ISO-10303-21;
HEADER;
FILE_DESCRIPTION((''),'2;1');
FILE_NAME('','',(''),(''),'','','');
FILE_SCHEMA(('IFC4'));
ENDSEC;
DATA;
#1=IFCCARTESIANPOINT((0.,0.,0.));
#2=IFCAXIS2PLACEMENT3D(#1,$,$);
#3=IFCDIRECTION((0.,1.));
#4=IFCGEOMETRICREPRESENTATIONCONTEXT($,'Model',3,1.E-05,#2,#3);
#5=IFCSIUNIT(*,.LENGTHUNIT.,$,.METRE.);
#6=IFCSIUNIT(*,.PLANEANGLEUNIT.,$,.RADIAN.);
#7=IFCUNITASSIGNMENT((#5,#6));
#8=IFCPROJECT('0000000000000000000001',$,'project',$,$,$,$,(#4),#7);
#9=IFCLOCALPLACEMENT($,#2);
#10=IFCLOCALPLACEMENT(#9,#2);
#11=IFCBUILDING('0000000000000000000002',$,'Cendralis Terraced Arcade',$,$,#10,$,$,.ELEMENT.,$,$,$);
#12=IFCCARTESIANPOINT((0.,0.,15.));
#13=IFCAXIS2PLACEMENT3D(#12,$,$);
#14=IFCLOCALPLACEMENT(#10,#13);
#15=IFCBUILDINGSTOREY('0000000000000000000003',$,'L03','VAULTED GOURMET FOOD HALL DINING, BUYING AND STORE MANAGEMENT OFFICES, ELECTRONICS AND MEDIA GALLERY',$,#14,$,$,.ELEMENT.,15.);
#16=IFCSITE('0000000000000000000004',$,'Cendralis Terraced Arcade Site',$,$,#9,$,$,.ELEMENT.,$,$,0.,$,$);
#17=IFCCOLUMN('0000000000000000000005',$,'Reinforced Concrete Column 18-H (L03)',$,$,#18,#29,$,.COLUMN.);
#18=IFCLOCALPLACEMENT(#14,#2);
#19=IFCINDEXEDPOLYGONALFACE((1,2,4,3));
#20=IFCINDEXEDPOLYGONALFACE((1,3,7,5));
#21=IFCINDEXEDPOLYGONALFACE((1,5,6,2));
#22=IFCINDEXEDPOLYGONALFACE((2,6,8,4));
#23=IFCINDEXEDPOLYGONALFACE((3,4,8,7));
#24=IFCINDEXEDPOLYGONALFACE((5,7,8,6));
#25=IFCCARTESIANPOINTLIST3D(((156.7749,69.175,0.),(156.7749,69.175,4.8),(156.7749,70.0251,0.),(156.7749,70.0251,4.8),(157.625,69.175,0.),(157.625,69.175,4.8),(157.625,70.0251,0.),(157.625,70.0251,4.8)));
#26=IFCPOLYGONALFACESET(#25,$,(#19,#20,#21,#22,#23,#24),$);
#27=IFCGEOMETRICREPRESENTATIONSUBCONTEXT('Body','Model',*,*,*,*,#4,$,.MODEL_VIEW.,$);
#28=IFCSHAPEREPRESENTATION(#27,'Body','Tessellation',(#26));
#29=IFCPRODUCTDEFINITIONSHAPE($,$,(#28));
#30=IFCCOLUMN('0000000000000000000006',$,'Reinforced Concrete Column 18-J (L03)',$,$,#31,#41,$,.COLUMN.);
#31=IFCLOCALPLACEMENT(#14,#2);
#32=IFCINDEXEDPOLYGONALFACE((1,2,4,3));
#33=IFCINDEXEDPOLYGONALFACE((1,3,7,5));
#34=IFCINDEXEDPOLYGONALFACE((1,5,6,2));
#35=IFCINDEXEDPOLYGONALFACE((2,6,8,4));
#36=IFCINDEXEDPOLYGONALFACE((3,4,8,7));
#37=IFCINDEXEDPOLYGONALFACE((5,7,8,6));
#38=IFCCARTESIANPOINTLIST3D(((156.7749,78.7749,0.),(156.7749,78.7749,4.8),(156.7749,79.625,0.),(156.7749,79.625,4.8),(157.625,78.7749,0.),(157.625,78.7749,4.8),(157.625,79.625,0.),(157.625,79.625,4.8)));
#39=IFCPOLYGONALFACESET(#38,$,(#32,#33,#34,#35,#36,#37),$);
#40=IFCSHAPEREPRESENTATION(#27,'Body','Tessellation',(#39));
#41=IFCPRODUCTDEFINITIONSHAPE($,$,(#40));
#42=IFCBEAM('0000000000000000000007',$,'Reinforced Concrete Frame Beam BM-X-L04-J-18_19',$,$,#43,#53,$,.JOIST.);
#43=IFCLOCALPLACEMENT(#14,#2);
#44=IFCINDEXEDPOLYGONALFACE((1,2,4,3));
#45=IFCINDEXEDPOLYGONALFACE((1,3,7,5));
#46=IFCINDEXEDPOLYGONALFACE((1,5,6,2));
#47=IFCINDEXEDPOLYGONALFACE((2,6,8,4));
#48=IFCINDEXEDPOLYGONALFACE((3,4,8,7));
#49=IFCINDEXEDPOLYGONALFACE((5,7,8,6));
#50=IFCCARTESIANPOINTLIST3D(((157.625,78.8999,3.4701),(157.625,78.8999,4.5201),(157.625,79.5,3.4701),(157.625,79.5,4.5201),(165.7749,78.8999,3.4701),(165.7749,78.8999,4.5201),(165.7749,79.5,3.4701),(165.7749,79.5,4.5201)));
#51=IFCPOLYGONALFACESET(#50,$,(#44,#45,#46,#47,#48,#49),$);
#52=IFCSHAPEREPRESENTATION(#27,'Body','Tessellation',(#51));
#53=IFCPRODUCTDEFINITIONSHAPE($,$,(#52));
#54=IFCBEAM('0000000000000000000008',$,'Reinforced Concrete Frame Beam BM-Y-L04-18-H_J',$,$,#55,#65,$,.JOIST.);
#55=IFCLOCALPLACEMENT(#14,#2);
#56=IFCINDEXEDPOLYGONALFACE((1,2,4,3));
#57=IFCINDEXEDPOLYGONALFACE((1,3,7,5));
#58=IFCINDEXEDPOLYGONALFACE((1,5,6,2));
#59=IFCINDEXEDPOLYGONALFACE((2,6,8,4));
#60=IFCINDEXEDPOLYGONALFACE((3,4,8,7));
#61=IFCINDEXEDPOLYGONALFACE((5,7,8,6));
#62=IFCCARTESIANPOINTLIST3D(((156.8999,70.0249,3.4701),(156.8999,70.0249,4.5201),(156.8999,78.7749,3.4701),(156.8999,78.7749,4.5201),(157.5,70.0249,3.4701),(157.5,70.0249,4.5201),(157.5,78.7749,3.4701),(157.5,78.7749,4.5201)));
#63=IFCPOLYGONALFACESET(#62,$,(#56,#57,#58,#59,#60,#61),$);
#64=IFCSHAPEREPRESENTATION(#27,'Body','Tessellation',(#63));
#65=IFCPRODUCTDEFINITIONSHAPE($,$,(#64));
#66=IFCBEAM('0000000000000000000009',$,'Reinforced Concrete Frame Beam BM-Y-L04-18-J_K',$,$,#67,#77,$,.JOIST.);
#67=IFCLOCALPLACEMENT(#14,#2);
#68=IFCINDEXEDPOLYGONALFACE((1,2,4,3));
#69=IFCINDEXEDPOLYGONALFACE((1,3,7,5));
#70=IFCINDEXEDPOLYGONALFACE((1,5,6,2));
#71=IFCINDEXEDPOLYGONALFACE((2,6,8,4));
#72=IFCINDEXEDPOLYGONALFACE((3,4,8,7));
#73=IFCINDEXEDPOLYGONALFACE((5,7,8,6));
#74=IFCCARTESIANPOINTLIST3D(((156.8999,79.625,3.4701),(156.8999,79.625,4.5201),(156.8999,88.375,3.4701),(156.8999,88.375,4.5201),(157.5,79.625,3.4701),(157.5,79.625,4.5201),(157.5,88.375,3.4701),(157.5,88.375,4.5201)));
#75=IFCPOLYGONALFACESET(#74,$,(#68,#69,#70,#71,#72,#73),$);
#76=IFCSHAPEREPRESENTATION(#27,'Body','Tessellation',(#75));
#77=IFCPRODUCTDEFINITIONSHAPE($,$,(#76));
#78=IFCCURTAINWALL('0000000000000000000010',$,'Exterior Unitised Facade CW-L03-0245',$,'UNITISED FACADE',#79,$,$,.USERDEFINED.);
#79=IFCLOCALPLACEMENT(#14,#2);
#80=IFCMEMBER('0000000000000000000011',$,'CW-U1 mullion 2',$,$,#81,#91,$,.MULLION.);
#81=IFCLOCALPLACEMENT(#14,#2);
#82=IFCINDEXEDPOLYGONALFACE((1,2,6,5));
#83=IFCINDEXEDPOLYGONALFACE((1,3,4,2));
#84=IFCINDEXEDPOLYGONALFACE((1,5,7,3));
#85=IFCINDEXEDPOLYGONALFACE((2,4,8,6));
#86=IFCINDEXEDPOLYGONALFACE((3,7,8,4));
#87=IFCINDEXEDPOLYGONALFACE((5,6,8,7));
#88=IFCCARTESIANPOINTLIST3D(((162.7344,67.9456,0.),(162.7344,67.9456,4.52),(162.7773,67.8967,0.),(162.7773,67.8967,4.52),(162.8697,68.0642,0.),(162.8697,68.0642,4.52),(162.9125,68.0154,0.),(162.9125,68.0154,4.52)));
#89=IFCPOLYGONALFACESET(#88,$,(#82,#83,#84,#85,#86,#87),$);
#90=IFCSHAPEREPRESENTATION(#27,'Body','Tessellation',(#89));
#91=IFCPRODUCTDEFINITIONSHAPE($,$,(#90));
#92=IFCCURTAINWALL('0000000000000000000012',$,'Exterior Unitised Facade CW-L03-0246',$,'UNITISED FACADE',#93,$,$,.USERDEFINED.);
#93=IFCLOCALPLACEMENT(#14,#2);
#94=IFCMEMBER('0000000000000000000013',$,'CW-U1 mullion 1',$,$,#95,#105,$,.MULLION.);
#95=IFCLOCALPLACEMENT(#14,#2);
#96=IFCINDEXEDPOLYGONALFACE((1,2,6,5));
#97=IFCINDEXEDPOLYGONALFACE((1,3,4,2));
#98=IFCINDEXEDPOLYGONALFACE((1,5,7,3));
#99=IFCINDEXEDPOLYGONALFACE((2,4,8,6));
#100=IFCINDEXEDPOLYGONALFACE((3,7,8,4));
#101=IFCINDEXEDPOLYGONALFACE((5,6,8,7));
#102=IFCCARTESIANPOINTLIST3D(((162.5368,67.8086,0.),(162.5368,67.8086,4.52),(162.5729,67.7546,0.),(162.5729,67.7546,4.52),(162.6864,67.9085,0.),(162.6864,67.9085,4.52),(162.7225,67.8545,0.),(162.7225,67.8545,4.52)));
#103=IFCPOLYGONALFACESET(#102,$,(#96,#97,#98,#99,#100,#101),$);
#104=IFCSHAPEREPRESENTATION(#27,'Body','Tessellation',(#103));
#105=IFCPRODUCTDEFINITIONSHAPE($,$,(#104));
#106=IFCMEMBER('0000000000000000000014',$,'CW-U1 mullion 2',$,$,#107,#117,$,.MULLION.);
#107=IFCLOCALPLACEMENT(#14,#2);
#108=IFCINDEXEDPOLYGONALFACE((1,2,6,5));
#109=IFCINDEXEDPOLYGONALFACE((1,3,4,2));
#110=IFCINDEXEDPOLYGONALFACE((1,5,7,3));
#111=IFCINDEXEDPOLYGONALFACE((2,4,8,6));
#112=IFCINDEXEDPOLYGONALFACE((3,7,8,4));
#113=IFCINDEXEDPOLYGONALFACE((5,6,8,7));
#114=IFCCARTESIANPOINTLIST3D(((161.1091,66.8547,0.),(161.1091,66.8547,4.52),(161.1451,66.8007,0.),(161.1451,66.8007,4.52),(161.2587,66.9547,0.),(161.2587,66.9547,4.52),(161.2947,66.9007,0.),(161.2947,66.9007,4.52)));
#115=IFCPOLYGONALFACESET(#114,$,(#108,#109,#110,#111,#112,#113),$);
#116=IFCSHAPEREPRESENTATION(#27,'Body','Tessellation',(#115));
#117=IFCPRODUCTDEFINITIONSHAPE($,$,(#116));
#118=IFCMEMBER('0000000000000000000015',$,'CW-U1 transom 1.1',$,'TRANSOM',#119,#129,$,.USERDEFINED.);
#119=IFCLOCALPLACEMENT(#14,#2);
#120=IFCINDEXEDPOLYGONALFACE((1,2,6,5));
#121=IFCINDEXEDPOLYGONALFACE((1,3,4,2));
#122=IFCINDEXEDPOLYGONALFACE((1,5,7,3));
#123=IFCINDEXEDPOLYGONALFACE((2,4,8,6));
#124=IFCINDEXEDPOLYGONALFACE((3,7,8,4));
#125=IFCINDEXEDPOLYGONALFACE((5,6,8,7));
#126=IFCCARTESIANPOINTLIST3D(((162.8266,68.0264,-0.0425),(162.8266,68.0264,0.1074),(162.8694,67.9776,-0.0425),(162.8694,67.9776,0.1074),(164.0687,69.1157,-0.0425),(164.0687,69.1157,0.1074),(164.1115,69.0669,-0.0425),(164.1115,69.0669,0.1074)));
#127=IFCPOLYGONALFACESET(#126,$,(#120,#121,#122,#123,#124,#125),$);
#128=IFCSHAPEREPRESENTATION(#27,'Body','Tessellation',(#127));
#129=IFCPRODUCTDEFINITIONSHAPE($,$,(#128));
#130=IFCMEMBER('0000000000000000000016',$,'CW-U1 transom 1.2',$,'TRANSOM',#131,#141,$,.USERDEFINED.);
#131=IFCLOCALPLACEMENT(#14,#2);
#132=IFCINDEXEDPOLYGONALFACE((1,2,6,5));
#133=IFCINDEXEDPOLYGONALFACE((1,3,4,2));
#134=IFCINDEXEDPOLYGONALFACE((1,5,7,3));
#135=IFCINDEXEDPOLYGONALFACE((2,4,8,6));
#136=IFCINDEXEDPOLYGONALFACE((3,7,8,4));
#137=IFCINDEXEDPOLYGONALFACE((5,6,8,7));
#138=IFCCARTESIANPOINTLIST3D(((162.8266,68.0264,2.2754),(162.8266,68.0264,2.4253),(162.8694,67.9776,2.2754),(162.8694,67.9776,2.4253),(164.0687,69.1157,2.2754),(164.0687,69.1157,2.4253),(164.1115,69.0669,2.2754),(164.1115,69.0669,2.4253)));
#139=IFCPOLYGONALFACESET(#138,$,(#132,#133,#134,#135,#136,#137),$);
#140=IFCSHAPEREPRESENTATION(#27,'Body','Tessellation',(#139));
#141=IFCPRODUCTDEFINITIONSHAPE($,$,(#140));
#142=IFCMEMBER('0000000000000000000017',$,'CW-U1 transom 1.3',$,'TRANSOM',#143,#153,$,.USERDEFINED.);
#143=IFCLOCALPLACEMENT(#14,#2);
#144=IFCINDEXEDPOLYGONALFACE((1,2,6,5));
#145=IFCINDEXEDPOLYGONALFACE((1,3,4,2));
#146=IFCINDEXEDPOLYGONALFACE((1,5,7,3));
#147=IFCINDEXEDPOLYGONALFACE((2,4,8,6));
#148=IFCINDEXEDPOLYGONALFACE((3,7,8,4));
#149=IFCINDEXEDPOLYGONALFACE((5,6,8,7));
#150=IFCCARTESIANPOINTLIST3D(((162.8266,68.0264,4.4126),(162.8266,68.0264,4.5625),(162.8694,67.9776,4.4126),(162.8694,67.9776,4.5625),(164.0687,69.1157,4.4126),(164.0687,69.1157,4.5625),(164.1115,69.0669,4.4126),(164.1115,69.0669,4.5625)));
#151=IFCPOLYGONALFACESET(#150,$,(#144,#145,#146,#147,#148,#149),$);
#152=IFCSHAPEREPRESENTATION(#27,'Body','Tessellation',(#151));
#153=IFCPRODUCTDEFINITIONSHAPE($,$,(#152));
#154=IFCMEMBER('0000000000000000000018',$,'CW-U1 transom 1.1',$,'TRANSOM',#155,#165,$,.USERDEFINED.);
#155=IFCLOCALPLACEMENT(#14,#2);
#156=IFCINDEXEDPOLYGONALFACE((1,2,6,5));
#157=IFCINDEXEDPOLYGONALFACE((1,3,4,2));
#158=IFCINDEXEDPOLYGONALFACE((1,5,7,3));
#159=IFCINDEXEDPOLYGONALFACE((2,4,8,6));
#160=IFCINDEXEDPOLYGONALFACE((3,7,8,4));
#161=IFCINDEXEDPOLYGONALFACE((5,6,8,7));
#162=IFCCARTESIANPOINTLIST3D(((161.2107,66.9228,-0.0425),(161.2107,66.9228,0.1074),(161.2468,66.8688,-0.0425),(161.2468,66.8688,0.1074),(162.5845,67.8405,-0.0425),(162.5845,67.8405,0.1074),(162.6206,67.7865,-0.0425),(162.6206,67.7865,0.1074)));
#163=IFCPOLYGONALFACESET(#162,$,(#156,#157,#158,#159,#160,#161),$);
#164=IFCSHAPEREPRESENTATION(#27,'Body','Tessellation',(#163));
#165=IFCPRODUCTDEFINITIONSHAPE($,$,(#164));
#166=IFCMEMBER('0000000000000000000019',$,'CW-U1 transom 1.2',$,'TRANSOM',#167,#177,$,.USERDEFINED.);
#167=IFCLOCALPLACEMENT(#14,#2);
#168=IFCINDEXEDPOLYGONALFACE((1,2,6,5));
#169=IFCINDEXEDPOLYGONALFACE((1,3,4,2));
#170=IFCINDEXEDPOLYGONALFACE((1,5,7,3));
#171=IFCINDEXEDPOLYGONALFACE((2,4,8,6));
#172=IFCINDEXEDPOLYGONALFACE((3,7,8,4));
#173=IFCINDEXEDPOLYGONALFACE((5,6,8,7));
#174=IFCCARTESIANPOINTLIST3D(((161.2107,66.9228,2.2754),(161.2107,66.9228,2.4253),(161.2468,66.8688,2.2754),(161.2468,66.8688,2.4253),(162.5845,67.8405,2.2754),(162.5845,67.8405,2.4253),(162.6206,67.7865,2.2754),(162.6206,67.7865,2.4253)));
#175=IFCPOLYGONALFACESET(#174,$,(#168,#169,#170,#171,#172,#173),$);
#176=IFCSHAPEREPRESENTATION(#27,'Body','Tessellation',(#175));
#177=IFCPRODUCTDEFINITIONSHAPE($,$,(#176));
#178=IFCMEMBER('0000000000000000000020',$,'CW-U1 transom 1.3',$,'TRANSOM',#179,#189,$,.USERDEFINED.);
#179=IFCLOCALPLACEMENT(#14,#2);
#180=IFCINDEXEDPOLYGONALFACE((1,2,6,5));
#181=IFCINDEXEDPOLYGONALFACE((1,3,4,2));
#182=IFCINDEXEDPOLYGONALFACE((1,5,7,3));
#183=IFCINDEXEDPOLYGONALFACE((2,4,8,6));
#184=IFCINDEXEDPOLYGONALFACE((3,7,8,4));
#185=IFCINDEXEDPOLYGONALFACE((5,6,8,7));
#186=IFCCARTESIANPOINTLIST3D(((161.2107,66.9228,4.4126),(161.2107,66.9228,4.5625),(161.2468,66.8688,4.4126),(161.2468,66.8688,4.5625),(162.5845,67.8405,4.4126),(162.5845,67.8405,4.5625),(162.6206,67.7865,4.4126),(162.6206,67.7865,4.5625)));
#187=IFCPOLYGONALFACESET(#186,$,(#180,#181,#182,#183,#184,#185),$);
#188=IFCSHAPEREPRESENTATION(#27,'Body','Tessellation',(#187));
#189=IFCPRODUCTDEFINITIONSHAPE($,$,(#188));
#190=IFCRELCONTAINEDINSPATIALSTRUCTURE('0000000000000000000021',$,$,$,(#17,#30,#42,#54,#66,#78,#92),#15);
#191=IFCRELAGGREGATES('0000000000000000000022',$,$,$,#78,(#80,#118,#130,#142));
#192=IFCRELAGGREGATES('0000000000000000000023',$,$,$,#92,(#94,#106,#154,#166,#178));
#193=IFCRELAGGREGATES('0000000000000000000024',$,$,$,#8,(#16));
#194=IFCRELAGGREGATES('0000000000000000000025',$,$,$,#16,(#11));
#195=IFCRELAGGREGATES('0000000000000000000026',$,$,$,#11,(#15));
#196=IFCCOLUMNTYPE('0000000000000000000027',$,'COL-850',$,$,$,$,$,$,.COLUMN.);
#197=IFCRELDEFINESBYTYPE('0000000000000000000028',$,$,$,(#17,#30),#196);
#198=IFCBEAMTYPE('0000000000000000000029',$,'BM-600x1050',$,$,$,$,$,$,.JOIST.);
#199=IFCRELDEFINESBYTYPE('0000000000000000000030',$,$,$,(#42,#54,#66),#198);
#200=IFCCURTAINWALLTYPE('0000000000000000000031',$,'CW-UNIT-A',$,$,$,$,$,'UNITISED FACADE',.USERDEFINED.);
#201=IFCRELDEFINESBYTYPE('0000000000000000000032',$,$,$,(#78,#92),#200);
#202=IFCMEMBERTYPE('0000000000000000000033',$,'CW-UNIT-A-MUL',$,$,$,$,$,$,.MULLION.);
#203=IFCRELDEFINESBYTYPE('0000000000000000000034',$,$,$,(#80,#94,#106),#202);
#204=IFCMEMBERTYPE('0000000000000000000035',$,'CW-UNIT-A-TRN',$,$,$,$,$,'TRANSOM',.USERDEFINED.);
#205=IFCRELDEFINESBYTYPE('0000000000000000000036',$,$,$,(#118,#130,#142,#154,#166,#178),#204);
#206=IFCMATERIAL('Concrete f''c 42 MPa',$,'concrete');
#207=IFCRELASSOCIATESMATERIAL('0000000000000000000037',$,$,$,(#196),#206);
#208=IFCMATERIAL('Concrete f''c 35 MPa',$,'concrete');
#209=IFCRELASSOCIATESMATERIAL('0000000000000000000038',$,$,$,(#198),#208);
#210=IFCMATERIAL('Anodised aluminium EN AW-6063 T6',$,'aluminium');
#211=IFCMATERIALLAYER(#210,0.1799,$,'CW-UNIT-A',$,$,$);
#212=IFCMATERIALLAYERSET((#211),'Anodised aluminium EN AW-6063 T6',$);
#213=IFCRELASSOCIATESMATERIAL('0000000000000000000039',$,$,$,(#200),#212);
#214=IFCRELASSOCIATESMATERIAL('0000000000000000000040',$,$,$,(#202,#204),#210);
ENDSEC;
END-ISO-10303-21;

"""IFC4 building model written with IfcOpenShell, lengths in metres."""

from ifc_helpers import new_model, si_unit, direction, frame, origin, origin_2d, place, context, subcontext, project, spatial, rectangle, extrude, material, layer, layer_set, material_profile, profile_set, type_object, element, aggregate, save


model = new_model("IFC4")

# Units and contexts
model_context = context("Model", 3, precision=1e-05, world=origin(), true_north=direction((0.0, 1.0)))
body_context = subcontext(model_context, "Body", "Model", "MODEL_VIEW")
ifc_project = project(units=[si_unit("LENGTHUNIT", "METRE"), si_unit("PLANEANGLEUNIT", "RADIAN")], contexts=[model_context])

# Site, building, storey
site_placement = place(None, origin())
site = spatial("IfcSite", under=ifc_project, at=site_placement, Name="Cendralis Terraced Arcade Site", CompositionType="ELEMENT", RefElevation=0.0)
building_placement = place(site_placement, origin())
building = spatial("IfcBuilding", under=site, at=building_placement, Name="Cendralis Terraced Arcade", CompositionType="ELEMENT")
storey_placement = place(building_placement, frame((0.0, 0.0, 15.0)))
storey = spatial("IfcBuildingStorey", under=building, at=storey_placement, Name="L03", Description="VAULTED GOURMET FOOD HALL DINING, BUYING AND STORE MANAGEMENT OFFICES, ELECTRONICS AND MEDIA GALLERY", CompositionType="ELEMENT", Elevation=15.0)

# Columns
ifc_material_1 = material(Name="Concrete f'c 42 MPa", Category="concrete")
ifc_material_profile_1 = material_profile(ifc_material_1, rectangle(XDim=0.8501, YDim=0.8501, at=origin_2d()), Name="RC-COL-850x850", Category="LoadBearing")
ifc_profile_set_1 = profile_set([ifc_material_profile_1], Name="Concrete f'c 42 MPa")
column_type = type_object("IfcColumnType", Name="COL-850", PredefinedType="COLUMN", material=ifc_profile_set_1)
for number, where, z_axis, x_axis, name in (
    (1, (157.2, 69.6001, 0.0), (0.0, 0.0, 1.0), (1.0, 0.0, 0.0), "Reinforced Concrete Column 18-H (L03)"),
    (2, (157.2, 79.2, 0.0), (0.0, 0.0, 1.0), (1.0, 0.0, 0.0), "Reinforced Concrete Column 18-J (L03)"),
):
    element("IfcColumn", number, at=place(storey_placement, frame(where, z_axis=z_axis, x_axis=x_axis)), inside=storey, type_object=column_type, Name=name, PredefinedType="COLUMN", context=body_context, shape_type="SweptSolid", body=[
        extrude(rectangle(XDim=0.8501, YDim=0.8501, at=origin_2d()), origin(), (0.0, 0.0, 1.0), 4.8),
    ])

# Beams
ifc_material_2 = material(Name="Concrete f'c 35 MPa", Category="concrete")
ifc_material_profile_2 = material_profile(ifc_material_2, rectangle(XDim=0.6001, YDim=1.05, at=origin_2d()), Name="RC-BM-600x1050", Category="LoadBearing")
ifc_profile_set_2 = profile_set([ifc_material_profile_2], Name="Concrete f'c 35 MPa")
beam_type = type_object("IfcBeamType", Name="BM-600x1050", PredefinedType="JOIST", material=ifc_profile_set_2)
beam_placement = place(storey_placement, frame((157.625, 79.2, 3.9951), z_axis=(1.0, 0.0, 0.0), x_axis=(0.0, 1.0, 0.0)))
element("IfcBeam", 3, at=beam_placement, inside=storey, type_object=beam_type, Name="Reinforced Concrete Frame Beam BM-X-L04-J-18_19", PredefinedType="JOIST", context=body_context, shape_type="SweptSolid", body=[
    extrude(rectangle(XDim=0.6001, YDim=1.05, at=origin_2d()), origin(), (0.0, 0.0, 1.0), 8.1499),
])
for number, where, z_axis, x_axis, name in (
    (4, (157.2, 70.0249, 3.9951), (0.0, 1.0, 0.0), (-1.0, 0.0, 0.0), "Reinforced Concrete Frame Beam BM-Y-L04-18-H_J"),
    (5, (157.2, 79.625, 3.9951), (0.0, 1.0, 0.0), (-1.0, 0.0, 0.0), "Reinforced Concrete Frame Beam BM-Y-L04-18-J_K"),
):
    element("IfcBeam", number, at=place(storey_placement, frame(where, z_axis=z_axis, x_axis=x_axis)), inside=storey, type_object=beam_type, Name=name, PredefinedType="JOIST", context=body_context, shape_type="SweptSolid", body=[
        extrude(rectangle(XDim=0.6001, YDim=1.05, at=origin_2d()), origin(), (0.0, 0.0, 1.0), 8.75),
    ])

# Curtain wall, member
ifc_material_3 = material(Name="Anodised aluminium EN AW-6063 T6", Category="aluminium")
ifc_layer_1 = layer(ifc_material_3, 0.1799, Name="CW-UNIT-A")
ifc_layer_set_1 = layer_set([ifc_layer_1], Name="Anodised aluminium EN AW-6063 T6")
curtain_wall_type = type_object("IfcCurtainWallType", Name="CW-UNIT-A", ElementType="UNITISED FACADE", PredefinedType="USERDEFINED", material=ifc_layer_set_1)
curtain_wall_1_placement = place(storey_placement, origin())
curtain_wall_1 = element("IfcCurtainWall", 6, at=curtain_wall_1_placement, inside=storey, type_object=curtain_wall_type, Name="Exterior Unitised Facade CW-L03-0245", ObjectType="UNITISED FACADE", PredefinedType="USERDEFINED")
ifc_material_profile_3 = material_profile(ifc_material_3, rectangle(XDim=0.0649, YDim=0.1799, at=origin_2d()), Name="ALU-MUL-65x180")
ifc_profile_set_3 = profile_set([ifc_material_profile_3], Name="Anodised aluminium EN AW-6063 T6")
member_type_1 = type_object("IfcMemberType", Name="CW-UNIT-A-MUL", PredefinedType="MULLION", material=ifc_profile_set_3)
member_1_placement = place(storey_placement, frame((162.8235, 67.9805, 0.0), z_axis=(0.0, 0.0, 1.0), x_axis=(0.659386, -0.751804, 0.0)))
member_1 = element("IfcMember", 7, at=member_1_placement, type_object=member_type_1, Name="CW-U1 mullion 2", PredefinedType="MULLION", context=body_context, shape_type="SweptSolid", body=[
    extrude(rectangle(XDim=0.0649, YDim=0.1799, at=origin_2d()), origin(), (0.0, 0.0, 1.0), 4.52),
])

# Curtain wall, members
curtain_wall_2_placement = place(storey_placement, origin())
curtain_wall_2 = element("IfcCurtainWall", 8, at=curtain_wall_2_placement, inside=storey, type_object=curtain_wall_type, Name="Exterior Unitised Facade CW-L03-0246", ObjectType="UNITISED FACADE", PredefinedType="USERDEFINED")
member_2_placement = place(storey_placement, frame((162.6296, 67.8315, 0.0), z_axis=(0.0, 0.0, 1.0), x_axis=(0.555567, -0.831471, 0.0)))
member_2 = element("IfcMember", 9, at=member_2_placement, type_object=member_type_1, Name="CW-U1 mullion 1", PredefinedType="MULLION", context=body_context, shape_type="SweptSolid", body=[
    extrude(rectangle(XDim=0.0649, YDim=0.1799, at=origin_2d()), origin(), (0.0, 0.0, 1.0), 4.52),
])
member_3_placement = place(storey_placement, frame((161.2019, 66.8777, 0.0), z_axis=(0.0, 0.0, 1.0), x_axis=(0.555567, -0.831471, 0.0)))
member_3 = element("IfcMember", 10, at=member_3_placement, type_object=member_type_1, Name="CW-U1 mullion 2", PredefinedType="MULLION", context=body_context, shape_type="SweptSolid", body=[
    extrude(rectangle(XDim=0.0649, YDim=0.1799, at=origin_2d()), origin(), (0.0, 0.0, 1.0), 4.52),
])

# Members
ifc_material_profile_4 = material_profile(ifc_material_3, rectangle(XDim=0.0649, YDim=0.1499, at=origin_2d()), Name="ALU-TRN-65x150")
ifc_profile_set_4 = profile_set([ifc_material_profile_4], Name="Anodised aluminium EN AW-6063 T6")
member_type_2 = type_object("IfcMemberType", Name="CW-UNIT-A-TRN", ElementType="TRANSOM", PredefinedType="USERDEFINED", material=ifc_profile_set_4)
member_4_placement = place(storey_placement, frame((164.0901, 69.0913, 0.0325), z_axis=(-0.751844, -0.659341, 0.0), x_axis=(0.659341, -0.751844, 0.0)))
member_4 = element("IfcMember", 11, at=member_4_placement, type_object=member_type_2, Name="CW-U1 transom 1.1", ObjectType="TRANSOM", PredefinedType="USERDEFINED", context=body_context, shape_type="SweptSolid", body=[
    extrude(rectangle(XDim=0.0649, YDim=0.1499, at=origin_2d()), origin(), (0.0, 0.0, 1.0), 1.6521),
])
member_5_placement = place(storey_placement, frame((164.0901, 69.0913, 2.3503), z_axis=(-0.751844, -0.659341, 0.0), x_axis=(0.659341, -0.751844, 0.0)))
member_5 = element("IfcMember", 12, at=member_5_placement, type_object=member_type_2, Name="CW-U1 transom 1.2", ObjectType="TRANSOM", PredefinedType="USERDEFINED", context=body_context, shape_type="SweptSolid", body=[
    extrude(rectangle(XDim=0.0649, YDim=0.1499, at=origin_2d()), origin(), (0.0, 0.0, 1.0), 1.6521),
])
member_6_placement = place(storey_placement, frame((164.0901, 69.0913, 4.4875), z_axis=(-0.751844, -0.659341, 0.0), x_axis=(0.659341, -0.751844, 0.0)))
member_6 = element("IfcMember", 13, at=member_6_placement, type_object=member_type_2, Name="CW-U1 transom 1.3", ObjectType="TRANSOM", PredefinedType="USERDEFINED", context=body_context, shape_type="SweptSolid", body=[
    extrude(rectangle(XDim=0.0649, YDim=0.1499, at=origin_2d()), origin(), (0.0, 0.0, 1.0), 1.6521),
])
member_7_placement = place(storey_placement, frame((162.6025, 67.8135, 0.0325), z_axis=(-0.831527, -0.555484, 0.0), x_axis=(0.555484, -0.831527, 0.0)))
member_7 = element("IfcMember", 14, at=member_7_placement, type_object=member_type_2, Name="CW-U1 transom 1.1", ObjectType="TRANSOM", PredefinedType="USERDEFINED", context=body_context, shape_type="SweptSolid", body=[
    extrude(rectangle(XDim=0.0649, YDim=0.1499, at=origin_2d()), origin(), (0.0, 0.0, 1.0), 1.6521),
])
member_8_placement = place(storey_placement, frame((162.6025, 67.8135, 2.3503), z_axis=(-0.831527, -0.555484, 0.0), x_axis=(0.555484, -0.831527, 0.0)))
member_8 = element("IfcMember", 15, at=member_8_placement, type_object=member_type_2, Name="CW-U1 transom 1.2", ObjectType="TRANSOM", PredefinedType="USERDEFINED", context=body_context, shape_type="SweptSolid", body=[
    extrude(rectangle(XDim=0.0649, YDim=0.1499, at=origin_2d()), origin(), (0.0, 0.0, 1.0), 1.6521),
])
member_9_placement = place(storey_placement, frame((162.6025, 67.8135, 4.4875), z_axis=(-0.831527, -0.555484, 0.0), x_axis=(0.555484, -0.831527, 0.0)))
member_9 = element("IfcMember", 16, at=member_9_placement, type_object=member_type_2, Name="CW-U1 transom 1.3", ObjectType="TRANSOM", PredefinedType="USERDEFINED", context=body_context, shape_type="SweptSolid", body=[
    extrude(rectangle(XDim=0.0649, YDim=0.1499, at=origin_2d()), origin(), (0.0, 0.0, 1.0), 1.6521),
])

aggregate(curtain_wall_1, [member_1, member_4, member_5, member_6])
aggregate(curtain_wall_2, [member_2, member_3, member_7, member_8, member_9])

save(model, "model.ifc")
